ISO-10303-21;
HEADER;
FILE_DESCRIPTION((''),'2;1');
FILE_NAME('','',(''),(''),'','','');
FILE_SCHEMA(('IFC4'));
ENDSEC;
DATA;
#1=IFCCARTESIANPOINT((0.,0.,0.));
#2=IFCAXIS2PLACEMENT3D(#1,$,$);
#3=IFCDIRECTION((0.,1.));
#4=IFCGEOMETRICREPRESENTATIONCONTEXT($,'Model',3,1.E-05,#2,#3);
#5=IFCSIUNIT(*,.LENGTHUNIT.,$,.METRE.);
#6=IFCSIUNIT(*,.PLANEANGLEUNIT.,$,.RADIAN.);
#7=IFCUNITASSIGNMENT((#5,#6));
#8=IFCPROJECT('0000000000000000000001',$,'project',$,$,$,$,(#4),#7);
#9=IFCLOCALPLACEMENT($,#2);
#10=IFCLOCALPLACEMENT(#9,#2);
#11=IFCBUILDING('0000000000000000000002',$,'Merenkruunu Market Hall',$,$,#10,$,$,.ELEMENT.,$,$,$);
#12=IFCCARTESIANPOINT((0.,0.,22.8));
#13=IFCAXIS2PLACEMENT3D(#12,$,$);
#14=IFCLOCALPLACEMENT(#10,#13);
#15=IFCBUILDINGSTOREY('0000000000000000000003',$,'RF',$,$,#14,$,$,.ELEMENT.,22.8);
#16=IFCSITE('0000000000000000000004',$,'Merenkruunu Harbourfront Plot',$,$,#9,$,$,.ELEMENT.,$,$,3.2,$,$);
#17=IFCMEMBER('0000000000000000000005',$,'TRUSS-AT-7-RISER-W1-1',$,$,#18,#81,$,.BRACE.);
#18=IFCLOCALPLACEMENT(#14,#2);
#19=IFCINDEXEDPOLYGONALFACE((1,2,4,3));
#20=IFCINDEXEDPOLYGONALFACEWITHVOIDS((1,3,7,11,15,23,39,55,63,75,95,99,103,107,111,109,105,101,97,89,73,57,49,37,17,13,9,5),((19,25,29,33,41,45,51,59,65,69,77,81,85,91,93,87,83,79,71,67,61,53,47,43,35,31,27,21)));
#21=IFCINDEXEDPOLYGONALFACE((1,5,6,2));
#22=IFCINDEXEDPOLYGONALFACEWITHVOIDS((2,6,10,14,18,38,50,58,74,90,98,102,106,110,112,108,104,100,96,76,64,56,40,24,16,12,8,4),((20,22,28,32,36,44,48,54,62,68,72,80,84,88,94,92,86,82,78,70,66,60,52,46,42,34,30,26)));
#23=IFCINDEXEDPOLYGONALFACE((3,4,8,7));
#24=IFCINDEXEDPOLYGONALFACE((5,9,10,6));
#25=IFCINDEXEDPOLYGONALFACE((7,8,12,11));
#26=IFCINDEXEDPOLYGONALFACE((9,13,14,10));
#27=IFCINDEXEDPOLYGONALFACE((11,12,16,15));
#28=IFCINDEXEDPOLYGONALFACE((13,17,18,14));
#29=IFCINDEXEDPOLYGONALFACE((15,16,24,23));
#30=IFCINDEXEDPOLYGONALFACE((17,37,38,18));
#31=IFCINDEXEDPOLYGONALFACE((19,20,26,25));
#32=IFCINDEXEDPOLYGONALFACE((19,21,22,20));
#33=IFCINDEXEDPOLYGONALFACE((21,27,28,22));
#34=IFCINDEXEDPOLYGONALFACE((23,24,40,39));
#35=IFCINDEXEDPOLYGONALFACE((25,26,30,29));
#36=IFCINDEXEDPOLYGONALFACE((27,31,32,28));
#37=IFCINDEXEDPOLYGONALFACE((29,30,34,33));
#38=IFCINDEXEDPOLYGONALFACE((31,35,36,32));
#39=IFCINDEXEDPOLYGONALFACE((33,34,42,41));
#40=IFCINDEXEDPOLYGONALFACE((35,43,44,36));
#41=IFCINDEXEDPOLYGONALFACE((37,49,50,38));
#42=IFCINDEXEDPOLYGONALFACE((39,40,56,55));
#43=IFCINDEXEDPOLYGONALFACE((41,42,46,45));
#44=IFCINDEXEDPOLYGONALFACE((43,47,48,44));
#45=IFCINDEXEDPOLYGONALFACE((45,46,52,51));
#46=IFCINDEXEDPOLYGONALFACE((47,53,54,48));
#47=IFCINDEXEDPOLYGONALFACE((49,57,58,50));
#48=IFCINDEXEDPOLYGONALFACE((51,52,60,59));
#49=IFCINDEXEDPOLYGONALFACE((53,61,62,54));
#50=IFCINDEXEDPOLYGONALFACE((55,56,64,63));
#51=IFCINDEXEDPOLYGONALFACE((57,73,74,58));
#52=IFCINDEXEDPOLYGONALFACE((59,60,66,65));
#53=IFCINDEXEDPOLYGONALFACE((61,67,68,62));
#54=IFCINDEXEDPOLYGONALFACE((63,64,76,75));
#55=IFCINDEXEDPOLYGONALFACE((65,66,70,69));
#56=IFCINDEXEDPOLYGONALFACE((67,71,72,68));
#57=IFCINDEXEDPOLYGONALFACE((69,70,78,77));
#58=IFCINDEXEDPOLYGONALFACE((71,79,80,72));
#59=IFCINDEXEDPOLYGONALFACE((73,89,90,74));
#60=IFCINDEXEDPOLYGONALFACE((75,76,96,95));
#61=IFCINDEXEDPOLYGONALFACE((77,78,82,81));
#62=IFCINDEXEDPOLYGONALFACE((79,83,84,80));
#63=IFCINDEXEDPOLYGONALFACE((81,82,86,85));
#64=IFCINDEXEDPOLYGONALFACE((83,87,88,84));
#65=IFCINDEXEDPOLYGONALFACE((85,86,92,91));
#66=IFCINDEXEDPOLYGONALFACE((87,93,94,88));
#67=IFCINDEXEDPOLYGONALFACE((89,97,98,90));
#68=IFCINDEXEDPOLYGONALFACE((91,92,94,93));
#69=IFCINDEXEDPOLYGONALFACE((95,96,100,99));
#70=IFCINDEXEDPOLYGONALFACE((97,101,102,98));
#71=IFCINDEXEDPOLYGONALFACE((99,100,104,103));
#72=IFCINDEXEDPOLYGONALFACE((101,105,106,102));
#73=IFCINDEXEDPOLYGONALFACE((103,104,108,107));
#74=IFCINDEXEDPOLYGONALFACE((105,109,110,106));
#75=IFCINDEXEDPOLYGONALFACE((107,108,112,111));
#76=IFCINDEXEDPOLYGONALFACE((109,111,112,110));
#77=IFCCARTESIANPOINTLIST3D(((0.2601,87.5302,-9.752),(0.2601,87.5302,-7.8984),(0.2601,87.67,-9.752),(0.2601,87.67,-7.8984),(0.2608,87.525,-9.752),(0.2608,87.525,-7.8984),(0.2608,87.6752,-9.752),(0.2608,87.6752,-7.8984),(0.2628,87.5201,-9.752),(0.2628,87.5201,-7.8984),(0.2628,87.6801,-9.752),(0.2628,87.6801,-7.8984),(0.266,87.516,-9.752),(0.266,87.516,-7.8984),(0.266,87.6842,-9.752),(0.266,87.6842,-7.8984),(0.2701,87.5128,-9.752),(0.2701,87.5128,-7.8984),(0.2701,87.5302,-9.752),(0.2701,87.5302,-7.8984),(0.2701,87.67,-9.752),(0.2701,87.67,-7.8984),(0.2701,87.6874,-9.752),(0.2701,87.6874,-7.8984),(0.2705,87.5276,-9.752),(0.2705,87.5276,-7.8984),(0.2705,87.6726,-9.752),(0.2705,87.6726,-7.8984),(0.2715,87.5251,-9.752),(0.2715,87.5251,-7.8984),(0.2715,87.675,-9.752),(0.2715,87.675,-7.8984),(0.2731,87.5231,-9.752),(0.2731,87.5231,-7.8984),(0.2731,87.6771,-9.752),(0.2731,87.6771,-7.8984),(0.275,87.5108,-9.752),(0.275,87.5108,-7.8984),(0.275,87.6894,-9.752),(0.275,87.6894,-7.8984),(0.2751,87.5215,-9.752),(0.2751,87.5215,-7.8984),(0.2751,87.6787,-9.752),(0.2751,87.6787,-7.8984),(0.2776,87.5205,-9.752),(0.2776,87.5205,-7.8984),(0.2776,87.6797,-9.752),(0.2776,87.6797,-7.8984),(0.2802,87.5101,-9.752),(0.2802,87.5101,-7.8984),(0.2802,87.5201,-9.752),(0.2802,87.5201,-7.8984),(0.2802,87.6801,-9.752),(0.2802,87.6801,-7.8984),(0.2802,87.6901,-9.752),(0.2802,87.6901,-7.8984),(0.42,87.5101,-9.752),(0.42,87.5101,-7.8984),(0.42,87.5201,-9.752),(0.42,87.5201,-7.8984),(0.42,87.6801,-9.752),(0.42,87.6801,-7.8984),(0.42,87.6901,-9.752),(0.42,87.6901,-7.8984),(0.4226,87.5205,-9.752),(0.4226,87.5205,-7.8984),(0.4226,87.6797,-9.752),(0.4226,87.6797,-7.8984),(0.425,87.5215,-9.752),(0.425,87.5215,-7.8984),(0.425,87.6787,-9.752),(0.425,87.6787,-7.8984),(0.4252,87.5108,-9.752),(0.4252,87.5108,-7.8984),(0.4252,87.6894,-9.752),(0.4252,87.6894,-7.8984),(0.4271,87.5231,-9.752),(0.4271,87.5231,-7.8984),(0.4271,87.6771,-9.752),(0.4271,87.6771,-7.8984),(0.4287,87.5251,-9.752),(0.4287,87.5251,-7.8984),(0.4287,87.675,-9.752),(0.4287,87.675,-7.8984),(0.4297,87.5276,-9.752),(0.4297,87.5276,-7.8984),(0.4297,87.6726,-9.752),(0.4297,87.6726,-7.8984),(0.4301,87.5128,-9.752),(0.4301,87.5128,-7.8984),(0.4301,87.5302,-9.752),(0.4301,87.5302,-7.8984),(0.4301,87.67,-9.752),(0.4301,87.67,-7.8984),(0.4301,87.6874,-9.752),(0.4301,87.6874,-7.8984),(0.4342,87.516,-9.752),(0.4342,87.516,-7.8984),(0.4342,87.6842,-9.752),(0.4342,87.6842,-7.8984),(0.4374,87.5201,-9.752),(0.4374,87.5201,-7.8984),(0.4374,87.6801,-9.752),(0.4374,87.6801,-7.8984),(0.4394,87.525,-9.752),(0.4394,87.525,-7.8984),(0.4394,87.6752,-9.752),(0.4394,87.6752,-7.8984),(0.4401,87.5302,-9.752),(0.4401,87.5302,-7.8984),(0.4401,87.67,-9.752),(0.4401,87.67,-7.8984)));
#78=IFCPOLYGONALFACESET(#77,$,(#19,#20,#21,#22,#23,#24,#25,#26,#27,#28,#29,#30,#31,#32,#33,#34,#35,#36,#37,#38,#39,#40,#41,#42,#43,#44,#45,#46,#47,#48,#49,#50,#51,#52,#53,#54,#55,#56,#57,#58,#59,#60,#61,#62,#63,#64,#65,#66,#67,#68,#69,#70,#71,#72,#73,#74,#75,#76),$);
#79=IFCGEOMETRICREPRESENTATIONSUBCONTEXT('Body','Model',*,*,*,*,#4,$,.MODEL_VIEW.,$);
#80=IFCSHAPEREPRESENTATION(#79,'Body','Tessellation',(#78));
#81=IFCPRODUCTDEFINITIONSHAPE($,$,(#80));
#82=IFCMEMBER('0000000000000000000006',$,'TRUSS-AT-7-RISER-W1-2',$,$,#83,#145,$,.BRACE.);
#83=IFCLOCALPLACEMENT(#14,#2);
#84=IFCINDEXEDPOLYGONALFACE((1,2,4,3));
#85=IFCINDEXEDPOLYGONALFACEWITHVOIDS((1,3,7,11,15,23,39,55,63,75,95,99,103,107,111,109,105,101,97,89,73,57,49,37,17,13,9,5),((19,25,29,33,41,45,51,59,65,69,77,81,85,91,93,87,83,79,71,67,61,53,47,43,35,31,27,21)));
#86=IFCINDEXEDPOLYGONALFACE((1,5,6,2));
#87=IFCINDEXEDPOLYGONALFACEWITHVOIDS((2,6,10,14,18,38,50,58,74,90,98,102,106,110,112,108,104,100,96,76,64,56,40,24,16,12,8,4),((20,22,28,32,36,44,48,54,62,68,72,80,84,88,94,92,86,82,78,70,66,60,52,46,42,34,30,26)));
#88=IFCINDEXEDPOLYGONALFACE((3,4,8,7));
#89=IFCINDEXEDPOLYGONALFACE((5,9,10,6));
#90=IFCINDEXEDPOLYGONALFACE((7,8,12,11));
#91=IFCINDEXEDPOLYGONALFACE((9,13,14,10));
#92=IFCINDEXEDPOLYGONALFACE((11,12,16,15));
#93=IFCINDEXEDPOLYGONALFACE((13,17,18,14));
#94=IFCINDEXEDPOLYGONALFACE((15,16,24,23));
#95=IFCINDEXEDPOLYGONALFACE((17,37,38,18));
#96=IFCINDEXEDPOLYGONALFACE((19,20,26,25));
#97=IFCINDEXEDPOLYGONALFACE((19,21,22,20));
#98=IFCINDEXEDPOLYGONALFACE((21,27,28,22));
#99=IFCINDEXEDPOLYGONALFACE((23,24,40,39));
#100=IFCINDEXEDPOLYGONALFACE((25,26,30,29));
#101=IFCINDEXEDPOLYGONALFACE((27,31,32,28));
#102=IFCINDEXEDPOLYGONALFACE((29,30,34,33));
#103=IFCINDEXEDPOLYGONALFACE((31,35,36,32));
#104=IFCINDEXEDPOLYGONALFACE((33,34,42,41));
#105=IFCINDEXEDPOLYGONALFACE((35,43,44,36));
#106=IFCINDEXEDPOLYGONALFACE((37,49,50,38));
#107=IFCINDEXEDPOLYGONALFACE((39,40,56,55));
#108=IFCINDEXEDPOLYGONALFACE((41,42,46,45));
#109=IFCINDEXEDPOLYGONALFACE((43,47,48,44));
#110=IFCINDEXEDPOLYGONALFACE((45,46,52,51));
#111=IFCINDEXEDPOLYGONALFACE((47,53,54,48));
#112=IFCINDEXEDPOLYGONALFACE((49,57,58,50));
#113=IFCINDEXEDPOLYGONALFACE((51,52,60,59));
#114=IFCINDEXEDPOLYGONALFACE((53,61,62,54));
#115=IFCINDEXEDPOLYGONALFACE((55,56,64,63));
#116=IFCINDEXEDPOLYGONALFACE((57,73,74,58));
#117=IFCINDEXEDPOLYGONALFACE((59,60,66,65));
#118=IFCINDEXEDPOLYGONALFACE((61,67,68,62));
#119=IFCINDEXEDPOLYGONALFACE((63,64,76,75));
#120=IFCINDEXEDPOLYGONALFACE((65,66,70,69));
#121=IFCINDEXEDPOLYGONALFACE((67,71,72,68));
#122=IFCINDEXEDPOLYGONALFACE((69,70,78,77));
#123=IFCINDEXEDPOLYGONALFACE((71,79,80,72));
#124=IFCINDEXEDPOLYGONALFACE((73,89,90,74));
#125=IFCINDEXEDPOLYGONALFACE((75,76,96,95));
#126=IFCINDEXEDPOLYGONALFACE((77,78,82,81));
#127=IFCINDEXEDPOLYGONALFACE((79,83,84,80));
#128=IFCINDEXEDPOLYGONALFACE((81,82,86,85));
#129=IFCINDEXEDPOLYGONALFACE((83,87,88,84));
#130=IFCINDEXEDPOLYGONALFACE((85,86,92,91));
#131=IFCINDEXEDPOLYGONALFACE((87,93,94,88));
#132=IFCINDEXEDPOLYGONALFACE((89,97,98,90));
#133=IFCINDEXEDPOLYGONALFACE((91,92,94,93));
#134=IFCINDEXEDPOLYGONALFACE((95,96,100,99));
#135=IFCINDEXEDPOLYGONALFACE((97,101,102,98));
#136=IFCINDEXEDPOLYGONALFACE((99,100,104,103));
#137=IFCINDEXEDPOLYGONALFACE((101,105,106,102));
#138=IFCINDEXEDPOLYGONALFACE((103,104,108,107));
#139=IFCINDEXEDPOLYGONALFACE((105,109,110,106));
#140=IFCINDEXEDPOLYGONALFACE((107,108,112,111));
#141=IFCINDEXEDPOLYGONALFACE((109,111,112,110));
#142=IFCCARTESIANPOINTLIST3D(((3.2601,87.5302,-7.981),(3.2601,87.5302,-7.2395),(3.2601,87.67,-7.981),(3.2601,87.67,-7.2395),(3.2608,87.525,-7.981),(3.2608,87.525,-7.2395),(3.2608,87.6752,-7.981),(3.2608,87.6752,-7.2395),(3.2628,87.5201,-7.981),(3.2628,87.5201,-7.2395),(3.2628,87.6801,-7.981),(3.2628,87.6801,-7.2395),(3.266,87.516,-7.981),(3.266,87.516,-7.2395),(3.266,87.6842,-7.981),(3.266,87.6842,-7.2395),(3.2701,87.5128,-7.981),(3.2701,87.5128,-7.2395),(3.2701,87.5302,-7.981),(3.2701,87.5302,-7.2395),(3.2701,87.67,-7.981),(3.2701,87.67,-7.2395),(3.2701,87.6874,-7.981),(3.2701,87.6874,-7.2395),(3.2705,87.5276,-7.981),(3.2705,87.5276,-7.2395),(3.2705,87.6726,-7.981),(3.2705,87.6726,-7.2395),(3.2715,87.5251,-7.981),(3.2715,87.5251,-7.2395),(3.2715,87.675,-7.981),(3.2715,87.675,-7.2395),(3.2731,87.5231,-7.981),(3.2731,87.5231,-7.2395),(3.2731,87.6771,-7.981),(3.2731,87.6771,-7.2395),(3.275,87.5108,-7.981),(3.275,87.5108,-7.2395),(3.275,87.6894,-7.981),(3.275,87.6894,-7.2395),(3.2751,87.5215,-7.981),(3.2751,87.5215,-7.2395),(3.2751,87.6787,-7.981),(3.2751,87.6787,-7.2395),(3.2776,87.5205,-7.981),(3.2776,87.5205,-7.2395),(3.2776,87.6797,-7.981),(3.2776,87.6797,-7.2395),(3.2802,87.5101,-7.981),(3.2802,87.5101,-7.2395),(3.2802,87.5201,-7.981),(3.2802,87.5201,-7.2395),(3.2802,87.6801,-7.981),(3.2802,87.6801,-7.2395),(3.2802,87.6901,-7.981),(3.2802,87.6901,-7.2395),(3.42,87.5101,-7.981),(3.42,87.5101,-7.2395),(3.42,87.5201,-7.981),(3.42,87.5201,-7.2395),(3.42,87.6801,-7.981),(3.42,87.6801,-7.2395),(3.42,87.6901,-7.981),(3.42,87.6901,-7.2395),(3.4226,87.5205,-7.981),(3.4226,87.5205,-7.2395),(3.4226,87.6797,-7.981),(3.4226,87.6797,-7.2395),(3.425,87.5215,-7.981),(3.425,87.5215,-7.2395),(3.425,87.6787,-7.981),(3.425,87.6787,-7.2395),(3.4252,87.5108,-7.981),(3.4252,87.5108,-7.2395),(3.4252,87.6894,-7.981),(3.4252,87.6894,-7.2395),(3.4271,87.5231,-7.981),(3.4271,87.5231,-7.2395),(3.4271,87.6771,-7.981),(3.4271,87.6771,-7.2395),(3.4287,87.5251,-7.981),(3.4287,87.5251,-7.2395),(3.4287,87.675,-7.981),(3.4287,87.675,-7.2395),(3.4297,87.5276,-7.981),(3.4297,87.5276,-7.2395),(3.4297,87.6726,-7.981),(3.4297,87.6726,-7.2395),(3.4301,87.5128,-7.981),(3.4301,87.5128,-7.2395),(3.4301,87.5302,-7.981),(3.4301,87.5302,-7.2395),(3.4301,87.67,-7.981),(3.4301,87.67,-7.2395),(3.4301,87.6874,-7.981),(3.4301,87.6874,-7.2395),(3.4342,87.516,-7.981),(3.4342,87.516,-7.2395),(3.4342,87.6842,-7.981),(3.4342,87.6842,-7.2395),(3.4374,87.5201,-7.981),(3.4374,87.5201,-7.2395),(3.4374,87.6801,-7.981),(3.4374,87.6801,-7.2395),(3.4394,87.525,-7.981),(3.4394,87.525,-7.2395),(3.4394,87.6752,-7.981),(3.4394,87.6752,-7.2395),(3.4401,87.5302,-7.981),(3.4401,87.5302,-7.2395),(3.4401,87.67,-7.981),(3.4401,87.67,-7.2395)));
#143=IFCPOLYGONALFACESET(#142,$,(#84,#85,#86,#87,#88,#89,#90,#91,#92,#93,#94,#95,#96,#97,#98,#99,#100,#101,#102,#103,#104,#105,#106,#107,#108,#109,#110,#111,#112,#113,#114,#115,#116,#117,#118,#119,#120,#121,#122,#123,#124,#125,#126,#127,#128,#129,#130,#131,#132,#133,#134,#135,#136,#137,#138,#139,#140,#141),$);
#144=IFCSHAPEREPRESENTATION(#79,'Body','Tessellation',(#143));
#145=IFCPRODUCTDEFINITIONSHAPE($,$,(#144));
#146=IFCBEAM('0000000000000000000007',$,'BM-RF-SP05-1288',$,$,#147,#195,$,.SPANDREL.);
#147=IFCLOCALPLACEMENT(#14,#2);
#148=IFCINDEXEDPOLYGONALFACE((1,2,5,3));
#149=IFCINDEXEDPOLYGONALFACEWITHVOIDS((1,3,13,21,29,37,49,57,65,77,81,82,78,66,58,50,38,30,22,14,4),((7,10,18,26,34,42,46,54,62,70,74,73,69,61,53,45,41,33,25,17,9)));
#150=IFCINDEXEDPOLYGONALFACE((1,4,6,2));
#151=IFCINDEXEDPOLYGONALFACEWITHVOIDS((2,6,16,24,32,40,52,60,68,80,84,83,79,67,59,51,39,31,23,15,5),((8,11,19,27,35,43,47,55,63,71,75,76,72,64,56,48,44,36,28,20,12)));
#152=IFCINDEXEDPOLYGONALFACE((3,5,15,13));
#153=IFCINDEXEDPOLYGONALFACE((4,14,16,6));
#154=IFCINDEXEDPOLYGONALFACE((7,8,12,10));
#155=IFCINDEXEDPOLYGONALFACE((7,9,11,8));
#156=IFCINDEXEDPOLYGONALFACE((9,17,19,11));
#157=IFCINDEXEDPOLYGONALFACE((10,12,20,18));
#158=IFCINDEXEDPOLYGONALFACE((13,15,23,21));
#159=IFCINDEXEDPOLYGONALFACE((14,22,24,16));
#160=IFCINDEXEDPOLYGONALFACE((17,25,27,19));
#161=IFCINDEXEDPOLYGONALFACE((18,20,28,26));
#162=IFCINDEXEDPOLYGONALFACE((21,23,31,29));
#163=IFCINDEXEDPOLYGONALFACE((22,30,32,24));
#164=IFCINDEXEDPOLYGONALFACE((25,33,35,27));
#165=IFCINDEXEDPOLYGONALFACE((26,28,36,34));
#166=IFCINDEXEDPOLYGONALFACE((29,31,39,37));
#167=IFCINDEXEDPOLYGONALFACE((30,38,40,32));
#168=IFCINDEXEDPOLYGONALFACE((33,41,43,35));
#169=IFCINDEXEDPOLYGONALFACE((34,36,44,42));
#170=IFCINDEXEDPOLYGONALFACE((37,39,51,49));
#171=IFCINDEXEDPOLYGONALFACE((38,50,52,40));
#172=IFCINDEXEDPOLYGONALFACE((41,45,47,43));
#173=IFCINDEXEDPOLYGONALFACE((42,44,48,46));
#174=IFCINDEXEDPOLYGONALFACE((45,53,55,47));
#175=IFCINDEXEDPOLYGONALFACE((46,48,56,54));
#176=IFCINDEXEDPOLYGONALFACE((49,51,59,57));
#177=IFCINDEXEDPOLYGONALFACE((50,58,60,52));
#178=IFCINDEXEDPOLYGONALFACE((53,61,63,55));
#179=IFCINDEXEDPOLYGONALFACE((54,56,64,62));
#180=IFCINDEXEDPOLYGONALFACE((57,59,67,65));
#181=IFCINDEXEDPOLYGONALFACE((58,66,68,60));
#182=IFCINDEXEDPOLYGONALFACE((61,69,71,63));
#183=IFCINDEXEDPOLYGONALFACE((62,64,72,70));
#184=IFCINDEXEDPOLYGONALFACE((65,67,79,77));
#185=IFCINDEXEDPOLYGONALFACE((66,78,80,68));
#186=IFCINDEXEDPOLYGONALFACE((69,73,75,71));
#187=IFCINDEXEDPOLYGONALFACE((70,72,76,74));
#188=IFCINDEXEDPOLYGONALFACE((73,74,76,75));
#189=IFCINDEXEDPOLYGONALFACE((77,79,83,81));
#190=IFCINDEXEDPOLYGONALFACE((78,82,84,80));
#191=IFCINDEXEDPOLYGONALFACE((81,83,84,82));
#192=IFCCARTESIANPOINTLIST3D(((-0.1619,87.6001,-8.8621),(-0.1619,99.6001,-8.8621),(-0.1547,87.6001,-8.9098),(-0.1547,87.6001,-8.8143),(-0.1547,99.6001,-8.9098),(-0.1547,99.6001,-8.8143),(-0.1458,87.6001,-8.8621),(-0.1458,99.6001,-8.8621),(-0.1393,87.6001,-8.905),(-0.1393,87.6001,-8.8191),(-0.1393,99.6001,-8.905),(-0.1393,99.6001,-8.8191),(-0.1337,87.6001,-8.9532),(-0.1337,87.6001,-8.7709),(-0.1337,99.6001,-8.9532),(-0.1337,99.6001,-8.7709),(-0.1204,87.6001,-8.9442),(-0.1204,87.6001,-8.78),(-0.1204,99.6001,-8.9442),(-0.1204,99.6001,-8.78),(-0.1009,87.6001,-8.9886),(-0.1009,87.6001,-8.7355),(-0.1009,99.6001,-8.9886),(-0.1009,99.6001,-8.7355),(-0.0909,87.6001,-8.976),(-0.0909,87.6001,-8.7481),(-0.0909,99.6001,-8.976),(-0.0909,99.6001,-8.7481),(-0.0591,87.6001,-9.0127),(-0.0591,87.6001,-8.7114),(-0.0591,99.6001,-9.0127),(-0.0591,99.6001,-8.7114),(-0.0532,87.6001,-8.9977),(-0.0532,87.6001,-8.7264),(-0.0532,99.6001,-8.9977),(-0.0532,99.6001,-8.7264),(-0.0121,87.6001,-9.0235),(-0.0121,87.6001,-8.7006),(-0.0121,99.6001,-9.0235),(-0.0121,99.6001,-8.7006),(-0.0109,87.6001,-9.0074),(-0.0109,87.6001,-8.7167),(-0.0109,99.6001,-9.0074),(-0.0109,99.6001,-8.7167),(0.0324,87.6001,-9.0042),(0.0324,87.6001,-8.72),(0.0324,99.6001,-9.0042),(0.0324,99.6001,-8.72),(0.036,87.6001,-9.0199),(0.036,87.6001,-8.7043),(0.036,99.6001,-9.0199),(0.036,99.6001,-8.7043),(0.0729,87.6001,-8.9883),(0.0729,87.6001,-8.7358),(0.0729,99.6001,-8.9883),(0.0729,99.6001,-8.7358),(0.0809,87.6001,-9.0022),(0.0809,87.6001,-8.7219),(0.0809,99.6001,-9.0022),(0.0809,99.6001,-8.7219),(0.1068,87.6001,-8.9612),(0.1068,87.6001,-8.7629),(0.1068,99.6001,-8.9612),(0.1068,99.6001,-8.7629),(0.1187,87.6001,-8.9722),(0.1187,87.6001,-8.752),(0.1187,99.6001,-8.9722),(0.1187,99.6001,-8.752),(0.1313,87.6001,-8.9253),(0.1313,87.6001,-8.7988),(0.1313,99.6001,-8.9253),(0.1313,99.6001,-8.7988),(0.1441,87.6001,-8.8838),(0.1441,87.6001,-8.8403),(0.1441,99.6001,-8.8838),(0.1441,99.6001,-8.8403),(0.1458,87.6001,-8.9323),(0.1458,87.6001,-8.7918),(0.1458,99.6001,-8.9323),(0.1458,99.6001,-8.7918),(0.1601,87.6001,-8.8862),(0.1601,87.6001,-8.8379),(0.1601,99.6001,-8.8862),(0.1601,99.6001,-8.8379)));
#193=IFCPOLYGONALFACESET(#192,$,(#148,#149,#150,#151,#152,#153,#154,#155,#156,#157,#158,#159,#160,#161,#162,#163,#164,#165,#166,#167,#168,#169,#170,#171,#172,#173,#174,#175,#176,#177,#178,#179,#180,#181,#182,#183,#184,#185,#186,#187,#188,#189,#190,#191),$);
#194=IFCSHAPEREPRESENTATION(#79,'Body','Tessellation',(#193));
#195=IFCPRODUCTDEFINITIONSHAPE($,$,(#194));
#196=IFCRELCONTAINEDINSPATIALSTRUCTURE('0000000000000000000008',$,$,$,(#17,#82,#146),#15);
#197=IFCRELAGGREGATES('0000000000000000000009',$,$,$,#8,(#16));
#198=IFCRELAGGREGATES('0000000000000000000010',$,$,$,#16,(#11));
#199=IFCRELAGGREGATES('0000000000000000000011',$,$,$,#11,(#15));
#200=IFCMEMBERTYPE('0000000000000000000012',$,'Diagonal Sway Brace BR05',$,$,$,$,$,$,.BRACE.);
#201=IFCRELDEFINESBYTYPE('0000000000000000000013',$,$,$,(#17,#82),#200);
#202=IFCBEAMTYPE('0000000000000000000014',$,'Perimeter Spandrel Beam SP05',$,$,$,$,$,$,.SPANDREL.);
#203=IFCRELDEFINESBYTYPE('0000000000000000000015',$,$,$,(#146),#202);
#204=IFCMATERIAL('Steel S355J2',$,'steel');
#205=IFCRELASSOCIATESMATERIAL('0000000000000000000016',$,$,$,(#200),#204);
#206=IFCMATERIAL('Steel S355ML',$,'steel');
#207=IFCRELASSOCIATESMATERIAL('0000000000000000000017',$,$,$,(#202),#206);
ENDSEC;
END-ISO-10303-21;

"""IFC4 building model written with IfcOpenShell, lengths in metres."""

from ifc_helpers import new_model, si_unit, direction, frame, origin, origin_2d, place, context, subcontext, project, spatial, hollow_rectangle, hollow_circle, extrude, material, material_profile, profile_set, type_object, element, save


model = new_model("IFC4")

# Units and contexts
model_context = context("Model", 3, precision=1e-05, world=origin(), true_north=direction((0.0, 1.0)))
body_context = subcontext(model_context, "Body", "Model", "MODEL_VIEW")
ifc_project = project(units=[si_unit("LENGTHUNIT", "METRE"), si_unit("PLANEANGLEUNIT", "RADIAN")], contexts=[model_context])

# Site, building, storey
site_placement = place(None, origin())
site = spatial("IfcSite", under=ifc_project, at=site_placement, Name="Merenkruunu Harbourfront Plot", CompositionType="ELEMENT", RefElevation=3.2)
building_placement = place(site_placement, origin())
building = spatial("IfcBuilding", under=site, at=building_placement, Name="Merenkruunu Market Hall", CompositionType="ELEMENT")
storey_placement = place(building_placement, frame((0.0, 0.0, 22.8)))
storey = spatial("IfcBuildingStorey", under=building, at=storey_placement, Name="RF", CompositionType="ELEMENT", Elevation=22.8)

# Shared definitions
ifc_material_1 = material(Name="Steel S355ML", Category="steel")

# Members
ifc_material_2 = material(Name="Steel S355J2", Category="steel")
ifc_material_profile_1 = material_profile(ifc_material_2, hollow_rectangle(XDim=0.1799, YDim=0.1799, WallThickness=0.01, InnerFilletRadius=0.01, OuterFilletRadius=0.02, at=origin_2d()), Name="SHS 180x180x10")
ifc_profile_set_1 = profile_set([ifc_material_profile_1], Name="Steel S355J2")
member_type_1 = type_object("IfcMemberType", Name="Diagonal Sway Brace BR05", PredefinedType="BRACE", material=ifc_profile_set_1)
member_1_placement = place(storey_placement, frame((0.3501, 87.6001, -9.752), z_axis=(0.0, 0.0, 1.0), x_axis=(1.0, 0.0, 0.0)))
element("IfcMember", 1, at=member_1_placement, inside=storey, type_object=member_type_1, Name="TRUSS-AT-7-RISER-W1-1", PredefinedType="BRACE", context=body_context, shape_type="SweptSolid", body=[
    extrude(hollow_rectangle(XDim=0.1799, YDim=0.1799, WallThickness=0.01, InnerFilletRadius=0.01, OuterFilletRadius=0.02, at=origin_2d()), origin(), (0.0, 0.0, 1.0), 1.8535),
])
member_2_placement = place(storey_placement, frame((3.3501, 87.6001, -7.981), z_axis=(0.0, 0.0, 1.0), x_axis=(1.0, 0.0, 0.0)))
element("IfcMember", 2, at=member_2_placement, inside=storey, type_object=member_type_1, Name="TRUSS-AT-7-RISER-W1-2", PredefinedType="BRACE", context=body_context, shape_type="SweptSolid", body=[
    extrude(hollow_rectangle(XDim=0.1799, YDim=0.1799, WallThickness=0.01, InnerFilletRadius=0.01, OuterFilletRadius=0.02, at=origin_2d()), origin(), (0.0, 0.0, 1.0), 0.7415),
])

# Beam
ifc_material_profile_2 = material_profile(ifc_material_1, hollow_circle(Radius=0.1619, WallThickness=0.0161, at=origin_2d()), Name="CHS 323.9x16")
ifc_profile_set_2 = profile_set([ifc_material_profile_2], Name="Steel S355ML")
beam_type = type_object("IfcBeamType", Name="Perimeter Spandrel Beam SP05", PredefinedType="SPANDREL", material=ifc_profile_set_2)
beam_placement = place(storey_placement, frame((0.0, 87.6001, -8.8621), z_axis=(0.0, 1.0, 0.0), x_axis=(-1.0, 0.0, 0.0)))
element("IfcBeam", 3, at=beam_placement, inside=storey, type_object=beam_type, Name="BM-RF-SP05-1288", PredefinedType="SPANDREL", context=body_context, shape_type="SweptSolid", body=[
    extrude(hollow_circle(Radius=0.1619, WallThickness=0.0161, at=origin_2d()), origin(), (0.0, 0.0, 1.0), 12.0),
])

save(model, "model.ifc")
